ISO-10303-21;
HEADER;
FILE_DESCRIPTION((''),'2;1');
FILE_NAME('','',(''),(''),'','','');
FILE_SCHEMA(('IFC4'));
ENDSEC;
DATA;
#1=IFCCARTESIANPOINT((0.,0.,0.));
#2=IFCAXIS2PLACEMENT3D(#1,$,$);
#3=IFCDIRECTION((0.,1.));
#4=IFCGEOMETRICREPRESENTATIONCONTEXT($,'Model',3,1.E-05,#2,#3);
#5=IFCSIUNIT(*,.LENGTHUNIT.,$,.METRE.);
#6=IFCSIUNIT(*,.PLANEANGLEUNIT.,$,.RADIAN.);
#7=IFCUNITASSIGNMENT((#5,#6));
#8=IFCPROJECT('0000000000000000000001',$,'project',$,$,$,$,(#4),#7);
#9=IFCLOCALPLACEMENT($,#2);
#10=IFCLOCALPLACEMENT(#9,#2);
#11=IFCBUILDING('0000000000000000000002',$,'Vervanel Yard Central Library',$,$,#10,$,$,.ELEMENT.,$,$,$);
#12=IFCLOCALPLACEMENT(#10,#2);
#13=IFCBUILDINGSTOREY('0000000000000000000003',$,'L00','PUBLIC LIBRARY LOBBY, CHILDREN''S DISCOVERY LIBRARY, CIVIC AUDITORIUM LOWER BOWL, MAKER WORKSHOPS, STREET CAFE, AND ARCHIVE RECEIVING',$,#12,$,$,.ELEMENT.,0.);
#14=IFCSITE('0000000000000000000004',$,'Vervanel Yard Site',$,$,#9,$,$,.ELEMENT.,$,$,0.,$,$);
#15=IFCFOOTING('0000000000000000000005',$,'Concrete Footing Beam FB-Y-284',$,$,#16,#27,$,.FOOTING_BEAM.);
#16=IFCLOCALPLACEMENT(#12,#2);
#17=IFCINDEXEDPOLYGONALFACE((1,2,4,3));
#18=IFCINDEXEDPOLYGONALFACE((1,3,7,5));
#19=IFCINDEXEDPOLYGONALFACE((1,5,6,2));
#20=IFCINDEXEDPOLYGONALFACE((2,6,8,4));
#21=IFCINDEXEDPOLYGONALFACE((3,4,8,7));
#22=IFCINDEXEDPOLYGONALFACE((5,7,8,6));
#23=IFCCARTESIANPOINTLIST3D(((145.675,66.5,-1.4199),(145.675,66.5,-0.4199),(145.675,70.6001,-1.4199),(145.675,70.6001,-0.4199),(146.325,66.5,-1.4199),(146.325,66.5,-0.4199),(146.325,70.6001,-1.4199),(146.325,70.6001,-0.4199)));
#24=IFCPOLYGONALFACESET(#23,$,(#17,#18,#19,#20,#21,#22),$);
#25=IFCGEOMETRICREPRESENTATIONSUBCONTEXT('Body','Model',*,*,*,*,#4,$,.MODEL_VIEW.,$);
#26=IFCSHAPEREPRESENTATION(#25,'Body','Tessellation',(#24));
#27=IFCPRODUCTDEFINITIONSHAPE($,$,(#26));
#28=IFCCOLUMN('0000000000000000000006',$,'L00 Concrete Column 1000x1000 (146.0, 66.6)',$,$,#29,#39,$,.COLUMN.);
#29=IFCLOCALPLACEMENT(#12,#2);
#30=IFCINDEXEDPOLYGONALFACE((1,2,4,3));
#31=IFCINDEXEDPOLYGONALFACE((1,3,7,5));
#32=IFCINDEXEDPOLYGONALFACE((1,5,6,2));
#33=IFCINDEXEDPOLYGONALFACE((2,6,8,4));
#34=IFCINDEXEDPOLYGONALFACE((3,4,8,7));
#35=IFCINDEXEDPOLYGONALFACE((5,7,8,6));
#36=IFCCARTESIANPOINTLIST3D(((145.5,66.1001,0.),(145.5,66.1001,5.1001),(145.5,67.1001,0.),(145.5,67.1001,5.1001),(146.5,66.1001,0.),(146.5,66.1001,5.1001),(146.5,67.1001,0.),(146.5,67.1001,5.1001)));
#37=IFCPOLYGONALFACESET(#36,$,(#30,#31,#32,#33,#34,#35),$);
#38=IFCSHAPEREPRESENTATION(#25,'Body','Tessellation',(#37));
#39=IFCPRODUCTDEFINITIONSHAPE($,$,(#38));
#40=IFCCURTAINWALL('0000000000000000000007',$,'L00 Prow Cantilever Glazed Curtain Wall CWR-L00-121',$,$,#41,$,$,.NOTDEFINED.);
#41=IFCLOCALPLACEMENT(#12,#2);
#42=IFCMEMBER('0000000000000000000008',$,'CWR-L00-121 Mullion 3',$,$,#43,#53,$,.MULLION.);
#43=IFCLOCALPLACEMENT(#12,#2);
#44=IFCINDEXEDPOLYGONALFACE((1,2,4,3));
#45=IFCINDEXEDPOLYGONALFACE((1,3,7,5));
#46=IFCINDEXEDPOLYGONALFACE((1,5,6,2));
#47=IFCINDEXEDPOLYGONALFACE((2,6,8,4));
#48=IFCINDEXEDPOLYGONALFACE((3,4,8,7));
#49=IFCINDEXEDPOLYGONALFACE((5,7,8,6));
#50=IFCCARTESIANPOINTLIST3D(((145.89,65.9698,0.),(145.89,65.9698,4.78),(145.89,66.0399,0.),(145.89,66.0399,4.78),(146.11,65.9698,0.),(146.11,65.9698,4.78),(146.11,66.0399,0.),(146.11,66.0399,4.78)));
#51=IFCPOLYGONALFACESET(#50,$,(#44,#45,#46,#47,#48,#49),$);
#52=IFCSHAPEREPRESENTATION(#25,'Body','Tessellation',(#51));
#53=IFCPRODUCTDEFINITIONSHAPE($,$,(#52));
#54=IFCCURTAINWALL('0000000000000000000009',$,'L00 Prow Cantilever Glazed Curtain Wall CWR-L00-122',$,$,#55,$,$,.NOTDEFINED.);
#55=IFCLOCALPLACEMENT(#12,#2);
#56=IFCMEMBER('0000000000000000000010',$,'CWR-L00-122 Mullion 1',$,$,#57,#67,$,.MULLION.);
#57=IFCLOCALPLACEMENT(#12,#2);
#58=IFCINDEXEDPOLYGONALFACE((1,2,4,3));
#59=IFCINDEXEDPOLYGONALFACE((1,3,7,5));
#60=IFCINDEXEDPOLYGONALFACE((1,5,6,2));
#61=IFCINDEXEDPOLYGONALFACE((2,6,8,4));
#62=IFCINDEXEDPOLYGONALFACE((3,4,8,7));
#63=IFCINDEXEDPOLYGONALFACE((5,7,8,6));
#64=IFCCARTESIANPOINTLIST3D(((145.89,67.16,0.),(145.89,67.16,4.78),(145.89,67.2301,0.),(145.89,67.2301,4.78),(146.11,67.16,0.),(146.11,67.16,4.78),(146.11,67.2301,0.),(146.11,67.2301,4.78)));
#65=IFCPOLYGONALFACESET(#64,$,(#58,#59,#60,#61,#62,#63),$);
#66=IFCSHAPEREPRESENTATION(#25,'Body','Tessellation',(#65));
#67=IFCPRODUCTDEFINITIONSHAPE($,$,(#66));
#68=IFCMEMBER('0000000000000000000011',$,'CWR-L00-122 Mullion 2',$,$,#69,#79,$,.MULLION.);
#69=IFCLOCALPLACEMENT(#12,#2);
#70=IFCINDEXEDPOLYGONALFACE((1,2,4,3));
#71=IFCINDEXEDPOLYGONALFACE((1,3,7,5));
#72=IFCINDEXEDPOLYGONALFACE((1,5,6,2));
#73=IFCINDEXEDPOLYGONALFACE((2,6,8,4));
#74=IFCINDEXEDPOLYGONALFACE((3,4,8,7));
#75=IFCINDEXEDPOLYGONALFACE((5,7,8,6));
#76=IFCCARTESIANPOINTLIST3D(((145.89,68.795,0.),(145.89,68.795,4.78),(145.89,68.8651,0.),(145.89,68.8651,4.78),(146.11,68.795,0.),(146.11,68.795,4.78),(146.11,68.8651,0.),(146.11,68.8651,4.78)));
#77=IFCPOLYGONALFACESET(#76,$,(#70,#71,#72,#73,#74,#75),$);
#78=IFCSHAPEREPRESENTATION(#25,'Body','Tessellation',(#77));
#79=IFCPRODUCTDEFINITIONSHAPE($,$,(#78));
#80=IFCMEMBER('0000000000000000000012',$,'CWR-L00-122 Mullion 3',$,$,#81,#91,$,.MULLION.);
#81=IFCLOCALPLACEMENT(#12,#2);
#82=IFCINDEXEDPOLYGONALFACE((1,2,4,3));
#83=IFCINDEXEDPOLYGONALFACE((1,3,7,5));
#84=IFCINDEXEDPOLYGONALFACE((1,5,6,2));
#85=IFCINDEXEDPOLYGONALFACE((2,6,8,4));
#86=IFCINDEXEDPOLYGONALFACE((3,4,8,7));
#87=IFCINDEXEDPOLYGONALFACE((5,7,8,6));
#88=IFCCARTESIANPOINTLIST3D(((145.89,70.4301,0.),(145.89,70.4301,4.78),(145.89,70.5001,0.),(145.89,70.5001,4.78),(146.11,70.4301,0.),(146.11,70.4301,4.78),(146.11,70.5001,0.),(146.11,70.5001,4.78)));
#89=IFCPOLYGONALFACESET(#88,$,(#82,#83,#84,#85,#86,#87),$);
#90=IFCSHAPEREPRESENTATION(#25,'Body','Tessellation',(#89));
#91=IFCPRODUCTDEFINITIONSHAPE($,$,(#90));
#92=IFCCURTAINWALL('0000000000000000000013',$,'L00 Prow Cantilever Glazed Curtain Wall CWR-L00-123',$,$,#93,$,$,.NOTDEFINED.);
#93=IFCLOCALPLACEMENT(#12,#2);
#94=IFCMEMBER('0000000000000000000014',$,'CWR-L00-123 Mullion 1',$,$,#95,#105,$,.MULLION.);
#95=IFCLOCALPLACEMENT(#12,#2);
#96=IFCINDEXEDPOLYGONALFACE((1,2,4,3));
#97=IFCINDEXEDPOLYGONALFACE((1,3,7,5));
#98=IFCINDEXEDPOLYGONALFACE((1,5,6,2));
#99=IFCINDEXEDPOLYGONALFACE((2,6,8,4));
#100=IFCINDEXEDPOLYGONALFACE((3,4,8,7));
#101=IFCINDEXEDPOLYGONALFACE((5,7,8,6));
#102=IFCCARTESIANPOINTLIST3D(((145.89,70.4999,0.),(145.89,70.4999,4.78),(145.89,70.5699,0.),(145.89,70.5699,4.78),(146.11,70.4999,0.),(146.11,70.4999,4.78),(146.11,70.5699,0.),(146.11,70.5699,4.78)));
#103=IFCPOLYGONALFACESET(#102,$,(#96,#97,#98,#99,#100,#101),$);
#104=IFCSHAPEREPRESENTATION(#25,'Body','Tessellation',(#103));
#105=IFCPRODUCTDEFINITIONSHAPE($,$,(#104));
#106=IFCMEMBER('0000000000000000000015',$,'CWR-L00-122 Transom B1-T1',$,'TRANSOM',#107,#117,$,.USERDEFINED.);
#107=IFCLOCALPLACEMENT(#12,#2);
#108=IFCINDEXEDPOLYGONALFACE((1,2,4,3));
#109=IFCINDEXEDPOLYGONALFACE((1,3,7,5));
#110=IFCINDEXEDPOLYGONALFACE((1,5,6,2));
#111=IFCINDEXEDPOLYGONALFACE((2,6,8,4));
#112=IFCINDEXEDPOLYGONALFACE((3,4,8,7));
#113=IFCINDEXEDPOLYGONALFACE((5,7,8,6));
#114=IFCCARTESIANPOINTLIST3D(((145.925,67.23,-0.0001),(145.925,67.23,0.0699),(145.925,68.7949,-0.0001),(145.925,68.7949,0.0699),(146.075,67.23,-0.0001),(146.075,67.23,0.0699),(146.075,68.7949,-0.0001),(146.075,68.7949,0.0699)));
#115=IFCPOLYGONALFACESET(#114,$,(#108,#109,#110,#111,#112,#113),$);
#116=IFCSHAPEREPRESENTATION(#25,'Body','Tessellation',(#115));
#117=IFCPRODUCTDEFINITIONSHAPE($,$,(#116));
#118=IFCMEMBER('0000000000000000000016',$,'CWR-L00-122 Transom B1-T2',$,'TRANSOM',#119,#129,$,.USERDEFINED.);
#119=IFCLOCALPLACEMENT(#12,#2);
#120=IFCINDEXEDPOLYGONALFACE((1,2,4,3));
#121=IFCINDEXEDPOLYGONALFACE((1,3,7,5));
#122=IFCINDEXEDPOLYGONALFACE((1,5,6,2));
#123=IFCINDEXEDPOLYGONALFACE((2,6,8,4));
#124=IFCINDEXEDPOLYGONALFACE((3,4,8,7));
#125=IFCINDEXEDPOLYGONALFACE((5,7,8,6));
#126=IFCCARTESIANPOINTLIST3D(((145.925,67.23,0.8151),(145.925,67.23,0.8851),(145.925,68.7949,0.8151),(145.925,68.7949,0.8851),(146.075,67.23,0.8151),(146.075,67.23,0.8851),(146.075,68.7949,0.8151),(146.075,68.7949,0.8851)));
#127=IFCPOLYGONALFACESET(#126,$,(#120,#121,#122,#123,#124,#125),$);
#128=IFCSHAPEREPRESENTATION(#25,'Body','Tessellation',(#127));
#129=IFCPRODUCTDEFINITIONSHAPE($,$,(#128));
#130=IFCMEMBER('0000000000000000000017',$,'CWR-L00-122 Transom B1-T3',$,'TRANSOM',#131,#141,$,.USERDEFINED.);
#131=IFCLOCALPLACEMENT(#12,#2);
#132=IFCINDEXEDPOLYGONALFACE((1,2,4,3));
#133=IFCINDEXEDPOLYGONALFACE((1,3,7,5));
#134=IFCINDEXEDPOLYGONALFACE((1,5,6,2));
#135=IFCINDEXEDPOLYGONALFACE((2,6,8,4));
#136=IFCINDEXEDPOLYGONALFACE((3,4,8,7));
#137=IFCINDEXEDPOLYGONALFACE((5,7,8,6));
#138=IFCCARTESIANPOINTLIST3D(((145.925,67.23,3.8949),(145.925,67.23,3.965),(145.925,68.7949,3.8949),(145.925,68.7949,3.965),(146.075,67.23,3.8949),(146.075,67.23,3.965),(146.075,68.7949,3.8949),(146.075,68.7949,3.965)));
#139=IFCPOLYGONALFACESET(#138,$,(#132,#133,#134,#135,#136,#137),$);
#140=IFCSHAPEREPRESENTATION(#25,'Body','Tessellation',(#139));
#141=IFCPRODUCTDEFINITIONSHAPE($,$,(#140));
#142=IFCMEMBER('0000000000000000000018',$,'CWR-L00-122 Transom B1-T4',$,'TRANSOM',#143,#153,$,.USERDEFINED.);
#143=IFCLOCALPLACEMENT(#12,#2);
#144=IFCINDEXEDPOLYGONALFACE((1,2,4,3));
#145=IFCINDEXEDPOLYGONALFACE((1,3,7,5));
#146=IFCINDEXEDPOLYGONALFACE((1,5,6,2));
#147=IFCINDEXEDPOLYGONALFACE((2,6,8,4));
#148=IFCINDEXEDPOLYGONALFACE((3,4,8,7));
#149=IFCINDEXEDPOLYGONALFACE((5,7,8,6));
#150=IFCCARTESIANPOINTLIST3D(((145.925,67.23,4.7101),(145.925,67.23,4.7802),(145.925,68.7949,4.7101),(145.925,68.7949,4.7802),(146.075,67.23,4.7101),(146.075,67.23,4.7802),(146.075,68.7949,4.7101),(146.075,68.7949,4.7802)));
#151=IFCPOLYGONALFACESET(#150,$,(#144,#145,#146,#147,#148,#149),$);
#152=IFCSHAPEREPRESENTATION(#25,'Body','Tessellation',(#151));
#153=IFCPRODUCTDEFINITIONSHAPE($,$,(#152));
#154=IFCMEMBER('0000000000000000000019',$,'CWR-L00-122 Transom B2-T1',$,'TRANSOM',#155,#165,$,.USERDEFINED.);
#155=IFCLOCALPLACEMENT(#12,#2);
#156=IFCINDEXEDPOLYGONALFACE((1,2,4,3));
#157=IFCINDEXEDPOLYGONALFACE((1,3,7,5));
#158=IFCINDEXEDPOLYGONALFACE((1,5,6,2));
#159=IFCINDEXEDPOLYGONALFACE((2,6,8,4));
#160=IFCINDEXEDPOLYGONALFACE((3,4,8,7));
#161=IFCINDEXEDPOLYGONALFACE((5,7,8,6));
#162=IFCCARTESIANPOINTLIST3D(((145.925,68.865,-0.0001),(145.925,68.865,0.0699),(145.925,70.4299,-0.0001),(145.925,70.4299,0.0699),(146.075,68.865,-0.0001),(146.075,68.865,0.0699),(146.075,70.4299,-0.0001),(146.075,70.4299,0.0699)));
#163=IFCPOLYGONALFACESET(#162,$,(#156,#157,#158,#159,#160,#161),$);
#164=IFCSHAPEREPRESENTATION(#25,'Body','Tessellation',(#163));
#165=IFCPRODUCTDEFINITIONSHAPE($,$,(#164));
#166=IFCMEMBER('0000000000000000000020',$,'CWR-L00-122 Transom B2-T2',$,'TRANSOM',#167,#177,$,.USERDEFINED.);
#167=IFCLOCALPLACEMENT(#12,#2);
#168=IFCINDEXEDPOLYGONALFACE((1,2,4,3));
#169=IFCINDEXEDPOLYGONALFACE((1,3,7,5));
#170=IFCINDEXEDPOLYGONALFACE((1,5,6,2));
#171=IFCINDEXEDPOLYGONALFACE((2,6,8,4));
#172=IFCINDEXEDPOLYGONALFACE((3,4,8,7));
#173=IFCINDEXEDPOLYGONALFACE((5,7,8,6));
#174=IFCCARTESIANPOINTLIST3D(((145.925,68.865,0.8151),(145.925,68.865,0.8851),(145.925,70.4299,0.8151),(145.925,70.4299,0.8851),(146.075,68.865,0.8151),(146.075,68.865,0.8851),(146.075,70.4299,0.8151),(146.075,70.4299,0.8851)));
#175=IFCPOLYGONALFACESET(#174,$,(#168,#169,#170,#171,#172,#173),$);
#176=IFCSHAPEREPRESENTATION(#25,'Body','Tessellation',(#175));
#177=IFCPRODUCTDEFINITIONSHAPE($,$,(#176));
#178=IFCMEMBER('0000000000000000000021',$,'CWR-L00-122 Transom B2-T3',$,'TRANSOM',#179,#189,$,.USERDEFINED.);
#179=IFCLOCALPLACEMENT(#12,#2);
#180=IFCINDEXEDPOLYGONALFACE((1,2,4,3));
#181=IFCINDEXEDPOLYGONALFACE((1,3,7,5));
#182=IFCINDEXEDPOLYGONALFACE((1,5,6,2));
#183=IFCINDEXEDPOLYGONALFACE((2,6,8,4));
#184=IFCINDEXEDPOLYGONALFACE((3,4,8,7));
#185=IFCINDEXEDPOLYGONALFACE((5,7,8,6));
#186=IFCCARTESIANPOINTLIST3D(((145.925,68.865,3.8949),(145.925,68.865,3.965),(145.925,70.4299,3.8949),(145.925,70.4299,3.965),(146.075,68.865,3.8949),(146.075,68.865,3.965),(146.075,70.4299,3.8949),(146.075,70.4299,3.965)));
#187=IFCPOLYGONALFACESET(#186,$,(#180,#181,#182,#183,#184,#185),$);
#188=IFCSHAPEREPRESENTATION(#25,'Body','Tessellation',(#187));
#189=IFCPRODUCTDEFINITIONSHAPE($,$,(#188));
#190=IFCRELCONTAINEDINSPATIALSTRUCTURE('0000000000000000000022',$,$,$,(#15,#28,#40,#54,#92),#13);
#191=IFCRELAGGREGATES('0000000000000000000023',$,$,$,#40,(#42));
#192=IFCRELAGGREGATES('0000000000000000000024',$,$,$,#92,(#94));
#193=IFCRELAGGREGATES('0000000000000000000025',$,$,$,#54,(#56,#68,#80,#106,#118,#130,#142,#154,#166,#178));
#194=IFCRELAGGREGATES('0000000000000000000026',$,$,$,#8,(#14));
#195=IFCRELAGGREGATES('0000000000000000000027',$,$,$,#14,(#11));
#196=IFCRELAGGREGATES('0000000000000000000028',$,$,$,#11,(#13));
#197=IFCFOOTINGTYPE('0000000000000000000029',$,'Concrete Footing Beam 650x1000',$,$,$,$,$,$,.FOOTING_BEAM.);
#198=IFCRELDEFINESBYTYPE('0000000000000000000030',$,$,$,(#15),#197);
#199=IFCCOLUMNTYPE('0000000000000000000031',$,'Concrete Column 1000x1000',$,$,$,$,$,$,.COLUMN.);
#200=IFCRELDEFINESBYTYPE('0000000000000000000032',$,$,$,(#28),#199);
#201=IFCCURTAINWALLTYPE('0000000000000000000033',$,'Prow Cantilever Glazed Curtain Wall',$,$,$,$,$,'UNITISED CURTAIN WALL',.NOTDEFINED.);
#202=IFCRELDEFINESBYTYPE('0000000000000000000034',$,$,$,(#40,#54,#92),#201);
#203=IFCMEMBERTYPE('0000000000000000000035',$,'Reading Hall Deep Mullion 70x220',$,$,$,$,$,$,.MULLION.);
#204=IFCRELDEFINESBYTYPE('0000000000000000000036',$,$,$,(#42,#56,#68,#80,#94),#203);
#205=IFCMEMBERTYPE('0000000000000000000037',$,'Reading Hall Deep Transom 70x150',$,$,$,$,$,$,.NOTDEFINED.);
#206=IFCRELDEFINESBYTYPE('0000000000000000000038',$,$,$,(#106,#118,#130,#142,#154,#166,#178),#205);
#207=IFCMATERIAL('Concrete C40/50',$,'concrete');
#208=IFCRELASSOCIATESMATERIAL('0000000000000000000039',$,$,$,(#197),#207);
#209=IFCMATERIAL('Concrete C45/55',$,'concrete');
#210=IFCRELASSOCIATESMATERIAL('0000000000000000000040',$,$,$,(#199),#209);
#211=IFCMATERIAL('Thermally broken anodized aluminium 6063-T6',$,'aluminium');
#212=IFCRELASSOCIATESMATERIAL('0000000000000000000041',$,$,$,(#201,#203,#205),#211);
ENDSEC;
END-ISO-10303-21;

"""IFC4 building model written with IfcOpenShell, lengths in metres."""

from ifc_helpers import new_model, si_unit, direction, frame, origin, origin_2d, place, context, subcontext, project, spatial, rectangle, extrude, material, material_profile, profile_set, type_object, element, aggregate, save


model = new_model("IFC4")

# Units and contexts
model_context = context("Model", 3, precision=1e-05, world=origin(), true_north=direction((0.0, 1.0)))
body_context = subcontext(model_context, "Body", "Model", "MODEL_VIEW")
ifc_project = project(units=[si_unit("LENGTHUNIT", "METRE"), si_unit("PLANEANGLEUNIT", "RADIAN")], contexts=[model_context])

# Site, building, storey
site_placement = place(None, origin())
site = spatial("IfcSite", under=ifc_project, at=site_placement, Name="Vervanel Yard Site", CompositionType="ELEMENT", RefElevation=0.0)
building_placement = place(site_placement, origin())
building = spatial("IfcBuilding", under=site, at=building_placement, Name="Vervanel Yard Central Library", CompositionType="ELEMENT")
storey_placement = place(building_placement, origin())
storey = spatial("IfcBuildingStorey", under=building, at=storey_placement, Name="L00", Description="PUBLIC LIBRARY LOBBY, CHILDREN'S DISCOVERY LIBRARY, CIVIC AUDITORIUM LOWER BOWL, MAKER WORKSHOPS, STREET CAFE, AND ARCHIVE RECEIVING", CompositionType="ELEMENT", Elevation=0.0)

# Footing
ifc_material_1 = material(Name="Concrete C40/50", Category="concrete")
ifc_material_profile_1 = material_profile(ifc_material_1, rectangle(XDim=0.6499, YDim=1.0, at=origin_2d()), Name="RC 650x1000", Category="concrete")
ifc_profile_set_1 = profile_set([ifc_material_profile_1], Name="Concrete C40/50")
footing_type = type_object("IfcFootingType", Name="Concrete Footing Beam 650x1000", PredefinedType="FOOTING_BEAM", material=ifc_profile_set_1)
footing_placement = place(storey_placement, frame((146.0, 66.5, -0.9199), z_axis=(0.0, 1.0, 0.0), x_axis=(-1.0, 0.0, 0.0)))
element("IfcFooting", 1, at=footing_placement, inside=storey, type_object=footing_type, Name="Concrete Footing Beam FB-Y-284", PredefinedType="FOOTING_BEAM", context=body_context, shape_type="SweptSolid", body=[
    extrude(rectangle(XDim=0.6499, YDim=1.0, at=origin_2d()), origin(), (0.0, 0.0, 1.0), 4.1001),
])

# Column
ifc_material_2 = material(Name="Concrete C45/55", Category="concrete")
ifc_material_profile_2 = material_profile(ifc_material_2, rectangle(XDim=1.0, YDim=1.0, at=origin_2d()), Name="RC 1000x1000", Category="concrete")
ifc_profile_set_2 = profile_set([ifc_material_profile_2], Name="Concrete C45/55")
column_type = type_object("IfcColumnType", Name="Concrete Column 1000x1000", PredefinedType="COLUMN", material=ifc_profile_set_2)
column_placement = place(storey_placement, frame((146.0, 66.6001, 0.0), z_axis=(0.0, 0.0, 1.0), x_axis=(1.0, 0.0, 0.0)))
element("IfcColumn", 2, at=column_placement, inside=storey, type_object=column_type, Name="L00 Concrete Column 1000x1000 (146.0, 66.6)", PredefinedType="COLUMN", context=body_context, shape_type="SweptSolid", body=[
    extrude(rectangle(XDim=1.0, YDim=1.0, at=origin_2d()), origin(), (0.0, 0.0, 1.0), 5.1001),
])

# Curtain wall, member
ifc_material_3 = material(Name="Thermally broken anodized aluminium 6063-T6", Category="aluminium")
curtain_wall_type = type_object("IfcCurtainWallType", Name="Prow Cantilever Glazed Curtain Wall", ElementType="UNITISED CURTAIN WALL", PredefinedType="NOTDEFINED", material=ifc_material_3)
curtain_wall_1_placement = place(storey_placement, origin())
curtain_wall_1 = element("IfcCurtainWall", 3, at=curtain_wall_1_placement, inside=storey, type_object=curtain_wall_type, Name="L00 Prow Cantilever Glazed Curtain Wall CWR-L00-121", PredefinedType="NOTDEFINED")
ifc_material_profile_3 = material_profile(ifc_material_3, rectangle(XDim=0.0701, YDim=0.22, at=origin_2d()), Name="ALU 70x220", Category="aluminium")
ifc_profile_set_3 = profile_set([ifc_material_profile_3], Name="Thermally broken anodized aluminium 6063-T6")
member_type_1 = type_object("IfcMemberType", Name="Reading Hall Deep Mullion 70x220", PredefinedType="MULLION", material=ifc_profile_set_3)
member_1_placement = place(storey_placement, frame((146.0, 66.0049, 0.0), z_axis=(0.0, 0.0, 1.0), x_axis=(0.0, 1.0, 0.0)))
member_1 = element("IfcMember", 4, at=member_1_placement, type_object=member_type_1, Name="CWR-L00-121 Mullion 3", PredefinedType="MULLION", context=body_context, shape_type="SweptSolid", body=[
    extrude(rectangle(XDim=0.0701, YDim=0.22, at=origin_2d()), origin(), (0.0, 0.0, 1.0), 4.78),
])
aggregate(curtain_wall_1, [member_1])

# Curtain wall, members
curtain_wall_2_placement = place(storey_placement, origin())
curtain_wall_2 = element("IfcCurtainWall", 5, at=curtain_wall_2_placement, inside=storey, type_object=curtain_wall_type, Name="L00 Prow Cantilever Glazed Curtain Wall CWR-L00-122", PredefinedType="NOTDEFINED")
member_2_placement = place(storey_placement, frame((146.0, 67.1951, 0.0), z_axis=(0.0, 0.0, 1.0), x_axis=(0.0, 1.0, 0.0)))
member_2 = element("IfcMember", 6, at=member_2_placement, type_object=member_type_1, Name="CWR-L00-122 Mullion 1", PredefinedType="MULLION", context=body_context, shape_type="SweptSolid", body=[
    extrude(rectangle(XDim=0.0701, YDim=0.22, at=origin_2d()), origin(), (0.0, 0.0, 1.0), 4.78),
])
member_3_placement = place(storey_placement, frame((146.0, 68.8301, 0.0), z_axis=(0.0, 0.0, 1.0), x_axis=(0.0, 1.0, 0.0)))
member_3 = element("IfcMember", 7, at=member_3_placement, type_object=member_type_1, Name="CWR-L00-122 Mullion 2", PredefinedType="MULLION", context=body_context, shape_type="SweptSolid", body=[
    extrude(rectangle(XDim=0.0701, YDim=0.22, at=origin_2d()), origin(), (0.0, 0.0, 1.0), 4.78),
])
member_4_placement = place(storey_placement, frame((146.0, 70.4651, 0.0), z_axis=(0.0, 0.0, 1.0), x_axis=(0.0, 1.0, 0.0)))
member_4 = element("IfcMember", 8, at=member_4_placement, type_object=member_type_1, Name="CWR-L00-122 Mullion 3", PredefinedType="MULLION", context=body_context, shape_type="SweptSolid", body=[
    extrude(rectangle(XDim=0.0701, YDim=0.22, at=origin_2d()), origin(), (0.0, 0.0, 1.0), 4.78),
])

# Curtain wall, member
curtain_wall_3_placement = place(storey_placement, origin())
curtain_wall_3 = element("IfcCurtainWall", 9, at=curtain_wall_3_placement, inside=storey, type_object=curtain_wall_type, Name="L00 Prow Cantilever Glazed Curtain Wall CWR-L00-123", PredefinedType="NOTDEFINED")
member_5_placement = place(storey_placement, frame((146.0, 70.5349, 0.0), z_axis=(0.0, 0.0, 1.0), x_axis=(0.0, 1.0, 0.0)))
member_5 = element("IfcMember", 10, at=member_5_placement, type_object=member_type_1, Name="CWR-L00-123 Mullion 1", PredefinedType="MULLION", context=body_context, shape_type="SweptSolid", body=[
    extrude(rectangle(XDim=0.0701, YDim=0.22, at=origin_2d()), origin(), (0.0, 0.0, 1.0), 4.78),
])

# Members
ifc_material_profile_4 = material_profile(ifc_material_3, rectangle(XDim=0.0701, YDim=0.1499, at=origin_2d()), Name="ALU 70x150", Category="aluminium")
ifc_profile_set_4 = profile_set([ifc_material_profile_4], Name="Thermally broken anodized aluminium 6063-T6")
member_type_2 = type_object("IfcMemberType", Name="Reading Hall Deep Transom 70x150", PredefinedType="NOTDEFINED", material=ifc_profile_set_4)
member_6_placement = place(storey_placement, frame((146.0, 67.23, 0.0349), z_axis=(0.0, 1.0, 0.0), x_axis=(0.0, 0.0, 1.0)))
member_6 = element("IfcMember", 11, at=member_6_placement, type_object=member_type_2, Name="CWR-L00-122 Transom B1-T1", ObjectType="TRANSOM", PredefinedType="USERDEFINED", context=body_context, shape_type="SweptSolid", body=[
    extrude(rectangle(XDim=0.0701, YDim=0.1499, at=origin_2d()), origin(), (0.0, 0.0, 1.0), 1.5649),
])
member_7_placement = place(storey_placement, frame((146.0, 67.23, 0.8501), z_axis=(0.0, 1.0, 0.0), x_axis=(0.0, 0.0, 1.0)))
member_7 = element("IfcMember", 12, at=member_7_placement, type_object=member_type_2, Name="CWR-L00-122 Transom B1-T2", ObjectType="TRANSOM", PredefinedType="USERDEFINED", context=body_context, shape_type="SweptSolid", body=[
    extrude(rectangle(XDim=0.0701, YDim=0.1499, at=origin_2d()), origin(), (0.0, 0.0, 1.0), 1.5649),
])
member_8_placement = place(storey_placement, frame((146.0, 67.23, 3.9299), z_axis=(0.0, 1.0, 0.0), x_axis=(0.0, 0.0, 1.0)))
member_8 = element("IfcMember", 13, at=member_8_placement, type_object=member_type_2, Name="CWR-L00-122 Transom B1-T3", ObjectType="TRANSOM", PredefinedType="USERDEFINED", context=body_context, shape_type="SweptSolid", body=[
    extrude(rectangle(XDim=0.0701, YDim=0.1499, at=origin_2d()), origin(), (0.0, 0.0, 1.0), 1.5649),
])
member_9_placement = place(storey_placement, frame((146.0, 67.23, 4.7451), z_axis=(0.0, 1.0, 0.0), x_axis=(0.0, 0.0, 1.0)))
member_9 = element("IfcMember", 14, at=member_9_placement, type_object=member_type_2, Name="CWR-L00-122 Transom B1-T4", ObjectType="TRANSOM", PredefinedType="USERDEFINED", context=body_context, shape_type="SweptSolid", body=[
    extrude(rectangle(XDim=0.0701, YDim=0.1499, at=origin_2d()), origin(), (0.0, 0.0, 1.0), 1.5649),
])
member_10_placement = place(storey_placement, frame((146.0, 68.865, 0.0349), z_axis=(0.0, 1.0, 0.0), x_axis=(0.0, 0.0, 1.0)))
member_10 = element("IfcMember", 15, at=member_10_placement, type_object=member_type_2, Name="CWR-L00-122 Transom B2-T1", ObjectType="TRANSOM", PredefinedType="USERDEFINED", context=body_context, shape_type="SweptSolid", body=[
    extrude(rectangle(XDim=0.0701, YDim=0.1499, at=origin_2d()), origin(), (0.0, 0.0, 1.0), 1.5649),
])
member_11_placement = place(storey_placement, frame((146.0, 68.865, 0.8501), z_axis=(0.0, 1.0, 0.0), x_axis=(0.0, 0.0, 1.0)))
member_11 = element("IfcMember", 16, at=member_11_placement, type_object=member_type_2, Name="CWR-L00-122 Transom B2-T2", ObjectType="TRANSOM", PredefinedType="USERDEFINED", context=body_context, shape_type="SweptSolid", body=[
    extrude(rectangle(XDim=0.0701, YDim=0.1499, at=origin_2d()), origin(), (0.0, 0.0, 1.0), 1.5649),
])
member_12_placement = place(storey_placement, frame((146.0, 68.865, 3.9299), z_axis=(0.0, 1.0, 0.0), x_axis=(0.0, 0.0, 1.0)))
member_12 = element("IfcMember", 17, at=member_12_placement, type_object=member_type_2, Name="CWR-L00-122 Transom B2-T3", ObjectType="TRANSOM", PredefinedType="USERDEFINED", context=body_context, shape_type="SweptSolid", body=[
    extrude(rectangle(XDim=0.0701, YDim=0.1499, at=origin_2d()), origin(), (0.0, 0.0, 1.0), 1.5649),
])
aggregate(curtain_wall_3, [member_5])

aggregate(curtain_wall_2, [member_2, member_3, member_4, member_6, member_7, member_8, member_9, member_10, member_11, member_12])

save(model, "model.ifc")
